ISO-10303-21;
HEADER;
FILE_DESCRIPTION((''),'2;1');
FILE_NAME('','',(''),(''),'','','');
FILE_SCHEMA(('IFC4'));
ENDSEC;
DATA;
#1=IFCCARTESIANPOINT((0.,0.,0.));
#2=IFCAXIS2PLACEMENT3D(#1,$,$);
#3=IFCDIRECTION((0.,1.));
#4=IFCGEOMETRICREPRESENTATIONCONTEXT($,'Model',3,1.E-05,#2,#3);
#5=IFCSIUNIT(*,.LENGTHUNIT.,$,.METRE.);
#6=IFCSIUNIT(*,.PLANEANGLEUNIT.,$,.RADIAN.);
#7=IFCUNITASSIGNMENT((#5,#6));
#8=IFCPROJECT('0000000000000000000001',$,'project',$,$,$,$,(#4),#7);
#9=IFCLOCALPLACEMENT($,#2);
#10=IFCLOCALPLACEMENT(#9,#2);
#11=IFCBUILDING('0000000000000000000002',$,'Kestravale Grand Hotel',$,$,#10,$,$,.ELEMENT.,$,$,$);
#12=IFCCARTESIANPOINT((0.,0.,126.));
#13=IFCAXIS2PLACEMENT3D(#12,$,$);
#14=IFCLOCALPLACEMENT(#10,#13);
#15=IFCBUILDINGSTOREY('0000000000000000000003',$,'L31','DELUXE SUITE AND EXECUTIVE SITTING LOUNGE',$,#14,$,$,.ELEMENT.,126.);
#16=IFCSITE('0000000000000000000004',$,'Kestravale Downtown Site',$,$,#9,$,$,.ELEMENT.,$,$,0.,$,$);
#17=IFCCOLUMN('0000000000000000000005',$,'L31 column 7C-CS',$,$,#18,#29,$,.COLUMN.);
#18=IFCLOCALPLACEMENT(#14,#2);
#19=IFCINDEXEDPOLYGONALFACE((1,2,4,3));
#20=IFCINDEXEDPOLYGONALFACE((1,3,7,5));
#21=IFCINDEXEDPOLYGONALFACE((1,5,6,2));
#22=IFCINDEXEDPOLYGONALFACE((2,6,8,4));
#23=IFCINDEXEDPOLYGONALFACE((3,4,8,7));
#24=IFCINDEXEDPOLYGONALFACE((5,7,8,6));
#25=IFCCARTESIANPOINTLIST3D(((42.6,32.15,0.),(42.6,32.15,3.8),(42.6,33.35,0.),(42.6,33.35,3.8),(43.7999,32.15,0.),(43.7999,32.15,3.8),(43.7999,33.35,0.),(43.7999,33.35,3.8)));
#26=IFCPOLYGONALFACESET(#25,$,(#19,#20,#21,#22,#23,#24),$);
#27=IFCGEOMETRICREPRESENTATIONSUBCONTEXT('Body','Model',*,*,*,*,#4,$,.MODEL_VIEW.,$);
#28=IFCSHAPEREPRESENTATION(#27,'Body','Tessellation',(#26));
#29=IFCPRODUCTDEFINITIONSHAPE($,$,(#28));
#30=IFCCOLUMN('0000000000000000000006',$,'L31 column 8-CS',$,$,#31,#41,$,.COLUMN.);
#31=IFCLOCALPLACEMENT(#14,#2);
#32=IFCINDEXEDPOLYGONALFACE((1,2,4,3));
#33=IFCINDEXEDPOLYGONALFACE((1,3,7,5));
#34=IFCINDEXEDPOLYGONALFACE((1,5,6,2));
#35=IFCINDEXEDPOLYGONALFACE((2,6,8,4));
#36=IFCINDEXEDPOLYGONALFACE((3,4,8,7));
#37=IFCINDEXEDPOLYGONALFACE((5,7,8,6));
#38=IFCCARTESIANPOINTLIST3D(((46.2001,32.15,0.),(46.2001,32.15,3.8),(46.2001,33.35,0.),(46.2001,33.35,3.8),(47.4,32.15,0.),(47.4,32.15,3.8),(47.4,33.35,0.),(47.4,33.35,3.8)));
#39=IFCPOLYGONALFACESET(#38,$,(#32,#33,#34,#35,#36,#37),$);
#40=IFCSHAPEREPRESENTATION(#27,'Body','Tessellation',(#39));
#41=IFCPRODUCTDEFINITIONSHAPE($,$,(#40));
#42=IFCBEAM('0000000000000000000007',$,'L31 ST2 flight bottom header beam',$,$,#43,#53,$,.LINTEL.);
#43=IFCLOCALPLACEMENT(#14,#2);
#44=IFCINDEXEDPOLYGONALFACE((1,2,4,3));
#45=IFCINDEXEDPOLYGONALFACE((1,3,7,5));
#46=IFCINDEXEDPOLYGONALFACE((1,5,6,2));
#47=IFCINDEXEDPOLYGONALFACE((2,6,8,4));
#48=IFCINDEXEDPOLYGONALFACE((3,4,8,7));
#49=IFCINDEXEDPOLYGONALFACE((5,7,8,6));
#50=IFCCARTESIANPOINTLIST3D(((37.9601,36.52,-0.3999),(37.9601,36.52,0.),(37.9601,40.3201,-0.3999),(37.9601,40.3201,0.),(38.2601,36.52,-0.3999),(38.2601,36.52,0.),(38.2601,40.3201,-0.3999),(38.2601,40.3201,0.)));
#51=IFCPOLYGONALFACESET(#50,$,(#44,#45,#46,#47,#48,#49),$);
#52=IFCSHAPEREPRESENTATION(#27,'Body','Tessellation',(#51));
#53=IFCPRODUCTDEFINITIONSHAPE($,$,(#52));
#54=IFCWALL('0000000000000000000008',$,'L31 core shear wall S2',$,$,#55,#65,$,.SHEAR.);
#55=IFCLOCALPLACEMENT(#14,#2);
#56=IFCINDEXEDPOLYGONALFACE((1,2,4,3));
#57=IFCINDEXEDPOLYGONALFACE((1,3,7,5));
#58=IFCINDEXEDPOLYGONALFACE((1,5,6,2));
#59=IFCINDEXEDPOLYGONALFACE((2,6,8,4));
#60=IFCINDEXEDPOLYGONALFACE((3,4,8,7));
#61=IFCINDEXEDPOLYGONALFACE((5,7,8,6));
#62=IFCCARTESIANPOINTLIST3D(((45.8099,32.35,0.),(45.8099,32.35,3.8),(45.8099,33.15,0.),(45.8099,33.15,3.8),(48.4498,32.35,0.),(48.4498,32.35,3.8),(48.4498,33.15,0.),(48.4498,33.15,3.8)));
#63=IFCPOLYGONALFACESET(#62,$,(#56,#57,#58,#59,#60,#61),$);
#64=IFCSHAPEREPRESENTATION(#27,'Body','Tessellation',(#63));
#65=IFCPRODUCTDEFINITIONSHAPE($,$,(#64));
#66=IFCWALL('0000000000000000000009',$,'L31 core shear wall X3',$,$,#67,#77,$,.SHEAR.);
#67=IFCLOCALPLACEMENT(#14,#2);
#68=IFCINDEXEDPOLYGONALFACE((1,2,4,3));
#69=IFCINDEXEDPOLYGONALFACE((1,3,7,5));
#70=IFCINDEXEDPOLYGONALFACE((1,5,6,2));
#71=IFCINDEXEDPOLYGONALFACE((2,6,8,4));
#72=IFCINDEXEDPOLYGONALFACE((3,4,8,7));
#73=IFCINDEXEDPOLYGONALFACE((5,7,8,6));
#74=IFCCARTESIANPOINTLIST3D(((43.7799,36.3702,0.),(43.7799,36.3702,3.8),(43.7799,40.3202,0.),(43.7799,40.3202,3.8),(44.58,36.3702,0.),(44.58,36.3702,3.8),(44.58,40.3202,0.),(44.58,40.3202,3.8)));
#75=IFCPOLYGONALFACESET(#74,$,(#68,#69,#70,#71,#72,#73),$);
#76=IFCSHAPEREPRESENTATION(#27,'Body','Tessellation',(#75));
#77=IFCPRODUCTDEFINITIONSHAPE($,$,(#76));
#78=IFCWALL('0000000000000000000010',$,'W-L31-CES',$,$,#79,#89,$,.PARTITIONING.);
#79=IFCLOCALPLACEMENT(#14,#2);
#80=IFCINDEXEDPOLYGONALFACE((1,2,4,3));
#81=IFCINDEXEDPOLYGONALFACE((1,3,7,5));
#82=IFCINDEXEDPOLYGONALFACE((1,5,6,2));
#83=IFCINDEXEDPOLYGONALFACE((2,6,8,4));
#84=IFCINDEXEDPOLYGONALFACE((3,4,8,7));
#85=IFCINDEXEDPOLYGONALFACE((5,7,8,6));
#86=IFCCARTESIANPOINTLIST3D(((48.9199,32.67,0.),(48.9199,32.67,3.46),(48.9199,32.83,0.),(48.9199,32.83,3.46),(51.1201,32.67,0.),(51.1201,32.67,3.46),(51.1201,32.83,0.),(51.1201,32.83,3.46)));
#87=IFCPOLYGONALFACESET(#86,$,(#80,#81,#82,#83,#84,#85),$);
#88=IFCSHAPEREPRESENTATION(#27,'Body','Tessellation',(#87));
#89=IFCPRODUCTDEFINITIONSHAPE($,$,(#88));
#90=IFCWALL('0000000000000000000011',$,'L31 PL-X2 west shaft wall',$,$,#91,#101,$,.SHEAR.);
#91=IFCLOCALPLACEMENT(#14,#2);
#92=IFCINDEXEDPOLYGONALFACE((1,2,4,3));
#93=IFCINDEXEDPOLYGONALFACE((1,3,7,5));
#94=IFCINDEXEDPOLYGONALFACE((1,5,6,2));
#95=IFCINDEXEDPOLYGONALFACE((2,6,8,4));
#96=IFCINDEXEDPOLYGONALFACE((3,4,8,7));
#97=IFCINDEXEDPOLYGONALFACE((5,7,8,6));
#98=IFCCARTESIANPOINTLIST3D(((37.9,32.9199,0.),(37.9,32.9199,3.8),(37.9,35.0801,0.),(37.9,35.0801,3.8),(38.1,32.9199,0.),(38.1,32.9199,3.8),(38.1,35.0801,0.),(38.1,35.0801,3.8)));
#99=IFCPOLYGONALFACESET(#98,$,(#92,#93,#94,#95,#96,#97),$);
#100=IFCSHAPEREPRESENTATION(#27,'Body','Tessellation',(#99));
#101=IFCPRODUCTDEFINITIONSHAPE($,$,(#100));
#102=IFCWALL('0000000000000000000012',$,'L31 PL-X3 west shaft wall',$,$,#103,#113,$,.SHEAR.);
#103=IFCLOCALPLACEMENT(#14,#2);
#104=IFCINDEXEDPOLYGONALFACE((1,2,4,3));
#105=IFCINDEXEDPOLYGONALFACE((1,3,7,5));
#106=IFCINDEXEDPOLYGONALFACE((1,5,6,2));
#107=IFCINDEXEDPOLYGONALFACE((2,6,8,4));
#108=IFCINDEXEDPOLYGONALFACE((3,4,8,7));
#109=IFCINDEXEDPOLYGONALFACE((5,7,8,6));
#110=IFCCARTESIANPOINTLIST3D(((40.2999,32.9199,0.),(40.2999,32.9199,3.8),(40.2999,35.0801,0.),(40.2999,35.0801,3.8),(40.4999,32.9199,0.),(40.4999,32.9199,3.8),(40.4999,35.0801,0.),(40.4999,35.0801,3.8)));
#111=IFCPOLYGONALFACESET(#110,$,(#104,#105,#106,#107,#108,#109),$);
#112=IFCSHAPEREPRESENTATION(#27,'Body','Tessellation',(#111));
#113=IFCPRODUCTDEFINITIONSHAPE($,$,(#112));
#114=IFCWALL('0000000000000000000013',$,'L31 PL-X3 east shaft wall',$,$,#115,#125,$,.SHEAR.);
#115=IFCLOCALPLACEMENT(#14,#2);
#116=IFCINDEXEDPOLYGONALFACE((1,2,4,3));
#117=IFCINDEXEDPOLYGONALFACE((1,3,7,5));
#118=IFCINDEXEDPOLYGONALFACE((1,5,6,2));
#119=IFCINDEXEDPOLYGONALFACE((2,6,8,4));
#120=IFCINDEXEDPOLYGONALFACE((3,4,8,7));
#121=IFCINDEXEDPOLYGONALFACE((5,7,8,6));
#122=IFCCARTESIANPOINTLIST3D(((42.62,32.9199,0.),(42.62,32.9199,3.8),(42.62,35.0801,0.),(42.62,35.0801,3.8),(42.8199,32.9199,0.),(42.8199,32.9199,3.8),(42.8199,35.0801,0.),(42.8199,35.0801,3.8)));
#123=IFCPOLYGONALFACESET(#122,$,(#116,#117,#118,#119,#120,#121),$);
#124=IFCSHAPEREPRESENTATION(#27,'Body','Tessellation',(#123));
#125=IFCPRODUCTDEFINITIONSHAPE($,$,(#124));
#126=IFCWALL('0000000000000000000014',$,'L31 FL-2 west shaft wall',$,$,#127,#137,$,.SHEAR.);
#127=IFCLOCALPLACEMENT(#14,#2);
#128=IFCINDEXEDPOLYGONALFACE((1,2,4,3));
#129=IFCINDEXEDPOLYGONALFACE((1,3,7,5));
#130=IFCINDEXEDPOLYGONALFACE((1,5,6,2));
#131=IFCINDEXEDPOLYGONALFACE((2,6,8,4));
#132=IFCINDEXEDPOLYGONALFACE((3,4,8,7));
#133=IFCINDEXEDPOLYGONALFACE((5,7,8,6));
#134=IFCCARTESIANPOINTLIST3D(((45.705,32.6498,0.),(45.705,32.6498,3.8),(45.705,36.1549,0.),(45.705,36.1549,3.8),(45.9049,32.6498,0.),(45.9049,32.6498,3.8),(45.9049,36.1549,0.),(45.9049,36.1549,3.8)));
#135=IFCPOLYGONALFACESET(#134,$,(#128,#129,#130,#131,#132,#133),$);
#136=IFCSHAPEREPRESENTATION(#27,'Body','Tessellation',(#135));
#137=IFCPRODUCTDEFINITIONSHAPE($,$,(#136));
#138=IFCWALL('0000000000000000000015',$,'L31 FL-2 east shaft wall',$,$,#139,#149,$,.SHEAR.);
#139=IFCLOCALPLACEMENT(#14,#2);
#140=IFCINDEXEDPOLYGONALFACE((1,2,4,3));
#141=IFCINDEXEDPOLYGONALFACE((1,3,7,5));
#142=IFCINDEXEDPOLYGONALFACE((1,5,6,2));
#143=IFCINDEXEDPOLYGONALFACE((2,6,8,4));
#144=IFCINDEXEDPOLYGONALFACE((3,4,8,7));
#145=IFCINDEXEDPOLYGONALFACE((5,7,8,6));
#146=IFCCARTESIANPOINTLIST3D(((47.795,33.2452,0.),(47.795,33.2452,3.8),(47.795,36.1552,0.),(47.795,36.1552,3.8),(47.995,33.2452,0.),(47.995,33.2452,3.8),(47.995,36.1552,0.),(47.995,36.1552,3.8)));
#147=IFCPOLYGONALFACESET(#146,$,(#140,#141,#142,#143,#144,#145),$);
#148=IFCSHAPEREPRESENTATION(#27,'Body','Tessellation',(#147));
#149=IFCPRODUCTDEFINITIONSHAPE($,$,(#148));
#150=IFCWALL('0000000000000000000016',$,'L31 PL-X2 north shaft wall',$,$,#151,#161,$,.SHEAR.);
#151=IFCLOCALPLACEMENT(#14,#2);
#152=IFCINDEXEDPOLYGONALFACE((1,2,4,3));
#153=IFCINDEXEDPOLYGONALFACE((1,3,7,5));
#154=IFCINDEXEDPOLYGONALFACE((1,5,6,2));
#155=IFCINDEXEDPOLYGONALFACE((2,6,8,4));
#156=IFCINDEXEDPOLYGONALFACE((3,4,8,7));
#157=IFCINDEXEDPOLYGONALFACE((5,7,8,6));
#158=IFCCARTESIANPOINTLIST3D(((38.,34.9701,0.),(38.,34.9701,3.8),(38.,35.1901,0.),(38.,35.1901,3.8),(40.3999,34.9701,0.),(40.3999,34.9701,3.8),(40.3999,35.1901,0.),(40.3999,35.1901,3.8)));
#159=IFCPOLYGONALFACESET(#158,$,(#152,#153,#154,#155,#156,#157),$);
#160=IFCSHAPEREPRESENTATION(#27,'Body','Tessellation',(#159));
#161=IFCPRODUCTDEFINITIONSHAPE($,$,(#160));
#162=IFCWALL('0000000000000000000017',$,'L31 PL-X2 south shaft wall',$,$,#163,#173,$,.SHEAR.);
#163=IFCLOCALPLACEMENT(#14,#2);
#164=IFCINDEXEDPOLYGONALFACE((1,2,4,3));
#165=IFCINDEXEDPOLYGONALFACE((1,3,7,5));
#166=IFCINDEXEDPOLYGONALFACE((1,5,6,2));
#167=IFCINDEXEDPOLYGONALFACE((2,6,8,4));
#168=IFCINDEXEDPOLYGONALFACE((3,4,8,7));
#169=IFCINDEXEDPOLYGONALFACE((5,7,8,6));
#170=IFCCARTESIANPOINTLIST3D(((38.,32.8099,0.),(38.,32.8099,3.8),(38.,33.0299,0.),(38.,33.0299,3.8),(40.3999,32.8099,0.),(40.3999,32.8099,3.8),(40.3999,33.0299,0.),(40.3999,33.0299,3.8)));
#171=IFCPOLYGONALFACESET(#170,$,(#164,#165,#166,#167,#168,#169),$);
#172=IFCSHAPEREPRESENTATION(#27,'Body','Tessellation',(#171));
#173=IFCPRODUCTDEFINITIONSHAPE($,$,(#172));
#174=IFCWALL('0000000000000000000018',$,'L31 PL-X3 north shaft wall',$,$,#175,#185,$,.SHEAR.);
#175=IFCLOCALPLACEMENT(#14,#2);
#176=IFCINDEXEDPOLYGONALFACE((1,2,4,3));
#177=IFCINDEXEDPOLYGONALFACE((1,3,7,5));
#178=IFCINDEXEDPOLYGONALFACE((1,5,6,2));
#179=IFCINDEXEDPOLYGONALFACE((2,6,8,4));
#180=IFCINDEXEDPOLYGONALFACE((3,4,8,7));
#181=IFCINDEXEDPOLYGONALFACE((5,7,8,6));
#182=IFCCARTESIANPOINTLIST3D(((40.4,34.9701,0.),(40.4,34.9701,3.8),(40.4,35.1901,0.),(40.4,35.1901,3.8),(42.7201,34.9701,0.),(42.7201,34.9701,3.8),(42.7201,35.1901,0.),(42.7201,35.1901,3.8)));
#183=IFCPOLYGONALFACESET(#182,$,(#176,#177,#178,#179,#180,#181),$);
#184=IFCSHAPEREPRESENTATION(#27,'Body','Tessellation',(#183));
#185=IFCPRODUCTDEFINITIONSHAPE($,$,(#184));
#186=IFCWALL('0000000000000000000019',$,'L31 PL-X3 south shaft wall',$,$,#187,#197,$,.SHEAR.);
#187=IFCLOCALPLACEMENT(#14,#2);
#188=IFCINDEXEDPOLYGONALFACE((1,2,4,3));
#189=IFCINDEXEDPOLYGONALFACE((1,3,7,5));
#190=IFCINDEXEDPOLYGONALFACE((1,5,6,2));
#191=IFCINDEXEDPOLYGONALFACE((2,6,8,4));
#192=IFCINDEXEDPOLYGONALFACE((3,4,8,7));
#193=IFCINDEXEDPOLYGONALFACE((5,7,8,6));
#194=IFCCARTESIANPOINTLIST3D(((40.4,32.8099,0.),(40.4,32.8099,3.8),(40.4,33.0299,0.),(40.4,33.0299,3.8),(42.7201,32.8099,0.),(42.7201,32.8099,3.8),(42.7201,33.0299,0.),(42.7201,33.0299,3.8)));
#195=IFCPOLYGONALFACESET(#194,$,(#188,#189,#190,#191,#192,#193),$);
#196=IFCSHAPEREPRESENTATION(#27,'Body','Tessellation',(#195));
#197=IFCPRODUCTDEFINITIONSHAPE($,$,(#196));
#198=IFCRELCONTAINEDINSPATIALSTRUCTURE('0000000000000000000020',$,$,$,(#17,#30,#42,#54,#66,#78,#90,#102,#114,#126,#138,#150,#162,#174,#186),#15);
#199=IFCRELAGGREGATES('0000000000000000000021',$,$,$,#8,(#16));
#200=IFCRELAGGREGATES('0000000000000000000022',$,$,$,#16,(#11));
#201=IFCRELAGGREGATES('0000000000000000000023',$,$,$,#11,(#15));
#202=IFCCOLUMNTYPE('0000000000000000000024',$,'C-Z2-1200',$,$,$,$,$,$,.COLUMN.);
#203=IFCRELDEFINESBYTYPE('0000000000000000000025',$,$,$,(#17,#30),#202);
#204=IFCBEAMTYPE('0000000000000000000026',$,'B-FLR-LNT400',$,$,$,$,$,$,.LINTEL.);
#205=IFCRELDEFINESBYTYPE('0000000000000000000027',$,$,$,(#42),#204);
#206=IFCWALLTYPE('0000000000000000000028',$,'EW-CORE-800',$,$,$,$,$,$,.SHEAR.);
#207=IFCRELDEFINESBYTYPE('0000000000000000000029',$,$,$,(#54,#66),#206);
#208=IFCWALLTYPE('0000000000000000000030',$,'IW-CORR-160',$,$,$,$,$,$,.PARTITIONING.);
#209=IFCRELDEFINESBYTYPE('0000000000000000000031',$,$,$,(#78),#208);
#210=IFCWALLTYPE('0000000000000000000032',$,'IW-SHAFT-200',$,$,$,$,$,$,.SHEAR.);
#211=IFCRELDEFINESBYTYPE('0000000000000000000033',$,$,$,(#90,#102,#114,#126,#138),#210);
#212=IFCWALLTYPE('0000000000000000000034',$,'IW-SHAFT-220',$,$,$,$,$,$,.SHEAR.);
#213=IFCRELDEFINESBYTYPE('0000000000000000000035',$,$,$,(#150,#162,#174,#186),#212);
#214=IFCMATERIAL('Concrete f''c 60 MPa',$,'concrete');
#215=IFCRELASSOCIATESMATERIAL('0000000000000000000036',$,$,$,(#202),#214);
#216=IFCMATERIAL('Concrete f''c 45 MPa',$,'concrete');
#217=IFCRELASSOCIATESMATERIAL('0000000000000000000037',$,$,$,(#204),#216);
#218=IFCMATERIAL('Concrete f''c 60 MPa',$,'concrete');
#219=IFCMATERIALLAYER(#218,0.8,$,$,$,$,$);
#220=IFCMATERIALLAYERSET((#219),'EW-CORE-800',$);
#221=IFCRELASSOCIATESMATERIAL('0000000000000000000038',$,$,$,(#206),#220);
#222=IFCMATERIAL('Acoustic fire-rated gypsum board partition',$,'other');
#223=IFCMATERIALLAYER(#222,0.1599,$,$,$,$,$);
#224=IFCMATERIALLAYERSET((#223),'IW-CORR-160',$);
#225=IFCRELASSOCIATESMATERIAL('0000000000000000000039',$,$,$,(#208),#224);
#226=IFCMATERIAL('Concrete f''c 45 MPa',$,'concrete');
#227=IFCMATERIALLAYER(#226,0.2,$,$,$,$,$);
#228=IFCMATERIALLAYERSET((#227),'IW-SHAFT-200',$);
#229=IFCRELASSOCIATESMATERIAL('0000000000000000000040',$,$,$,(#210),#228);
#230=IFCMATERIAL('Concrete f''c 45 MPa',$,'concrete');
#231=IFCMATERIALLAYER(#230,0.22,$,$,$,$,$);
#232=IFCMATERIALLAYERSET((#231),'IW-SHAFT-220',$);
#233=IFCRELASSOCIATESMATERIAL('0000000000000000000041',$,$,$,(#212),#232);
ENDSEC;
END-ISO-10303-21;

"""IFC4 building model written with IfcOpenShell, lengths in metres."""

from ifc_helpers import new_model, si_unit, direction, frame, frame_2d, origin, origin_2d, place, context, subcontext, project, spatial, rectangle, extrude, material, layer, layer_set, material_profile, profile_set, type_object, element, save


model = new_model("IFC4")

# Units and contexts
model_context = context("Model", 3, precision=1e-05, world=origin(), true_north=direction((0.0, 1.0)))
body_context = subcontext(model_context, "Body", "Model", "MODEL_VIEW")
ifc_project = project(units=[si_unit("LENGTHUNIT", "METRE"), si_unit("PLANEANGLEUNIT", "RADIAN")], contexts=[model_context])

# Site, building, storey
site_placement = place(None, origin())
site = spatial("IfcSite", under=ifc_project, at=site_placement, Name="Kestravale Downtown Site", CompositionType="ELEMENT", RefElevation=0.0)
building_placement = place(site_placement, origin())
building = spatial("IfcBuilding", under=site, at=building_placement, Name="Kestravale Grand Hotel", CompositionType="ELEMENT")
storey_placement = place(building_placement, frame((0.0, 0.0, 126.0)))
storey = spatial("IfcBuildingStorey", under=building, at=storey_placement, Name="L31", Description="DELUXE SUITE AND EXECUTIVE SITTING LOUNGE", CompositionType="ELEMENT", Elevation=126.0)

# Columns
ifc_material_1 = material(Name="Concrete f'c 60 MPa", Category="concrete")
ifc_material_profile_1 = material_profile(ifc_material_1, rectangle(XDim=1.2, YDim=1.2, at=origin_2d()))
ifc_profile_set_1 = profile_set([ifc_material_profile_1], Name="Concrete f'c 60 MPa")
column_type = type_object("IfcColumnType", Name="C-Z2-1200", PredefinedType="COLUMN", material=ifc_profile_set_1)
for number, where, z_axis, x_axis, name in (
    (1, (43.2, 32.75, 0.0), (0.0, 0.0, 1.0), (1.0, 0.0, 0.0), "L31 column 7C-CS"),
    (2, (46.8, 32.75, 0.0), (0.0, 0.0, 1.0), (1.0, 0.0, 0.0), "L31 column 8-CS"),
):
    element("IfcColumn", number, at=place(storey_placement, frame(where, z_axis=z_axis, x_axis=x_axis)), inside=storey, type_object=column_type, Name=name, PredefinedType="COLUMN", context=body_context, shape_type="SweptSolid", body=[
        extrude(rectangle(XDim=1.2, YDim=1.2, at=origin_2d()), origin(), (0.0, 0.0, 1.0), 3.8),
    ])

# Beam
ifc_material_2 = material(Name="Concrete f'c 45 MPa", Category="concrete")
ifc_material_profile_2 = material_profile(ifc_material_2, rectangle(XDim=0.3, YDim=0.3999, at=origin_2d()))
ifc_profile_set_2 = profile_set([ifc_material_profile_2], Name="Concrete f'c 45 MPa")
beam_type = type_object("IfcBeamType", Name="B-FLR-LNT400", PredefinedType="LINTEL", material=ifc_profile_set_2)
beam_placement = place(storey_placement, frame((38.1101, 36.52, -0.2), z_axis=(0.0, 1.0, 0.0), x_axis=(-1.0, 0.0, 0.0)))
element("IfcBeam", 3, at=beam_placement, inside=storey, type_object=beam_type, Name="L31 ST2 flight bottom header beam", PredefinedType="LINTEL", context=body_context, shape_type="SweptSolid", body=[
    extrude(rectangle(XDim=0.3, YDim=0.3999, at=origin_2d()), origin(), (0.0, 0.0, 1.0), 3.8),
])

# Walls
ifc_material_3 = material(Name="Concrete f'c 60 MPa", Category="concrete")
ifc_layer_1 = layer(ifc_material_3, 0.8)
ifc_layer_set_1 = layer_set([ifc_layer_1], Name="EW-CORE-800")
wall_type_1 = type_object("IfcWallType", Name="EW-CORE-800", PredefinedType="SHEAR", material=ifc_layer_set_1)
wall_1_placement = place(storey_placement, frame((45.8101, 32.75, 0.0), z_axis=(0.0, 0.0, 1.0), x_axis=(1.0, 0.0, 0.0)))
element("IfcWall", 4, at=wall_1_placement, inside=storey, type_object=wall_type_1, Name="L31 core shear wall S2", PredefinedType="SHEAR", context=body_context, shape_type="SweptSolid", body=[
    extrude(rectangle(XDim=2.6399, YDim=0.8, at=frame_2d((1.3198, 0.0))), origin(), (0.0, 0.0, 1.0), 3.8),
])
wall_2_placement = place(storey_placement, frame((44.1799, 36.3701, 0.0), z_axis=(0.0, 0.0, 1.0), x_axis=(0.0, 1.0, 0.0)))
element("IfcWall", 5, at=wall_2_placement, inside=storey, type_object=wall_type_1, Name="L31 core shear wall X3", PredefinedType="SHEAR", context=body_context, shape_type="SweptSolid", body=[
    extrude(rectangle(XDim=3.95, YDim=0.8, at=frame_2d((1.9751, 0.0))), origin(), (0.0, 0.0, 1.0), 3.8),
])

# Wall
ifc_material_4 = material(Name="Acoustic fire-rated gypsum board partition", Category="other")
ifc_layer_2 = layer(ifc_material_4, 0.1599)
ifc_layer_set_2 = layer_set([ifc_layer_2], Name="IW-CORR-160")
wall_type_2 = type_object("IfcWallType", Name="IW-CORR-160", PredefinedType="PARTITIONING", material=ifc_layer_set_2)
wall_3_placement = place(storey_placement, frame((48.9199, 32.75, 0.0), z_axis=(0.0, 0.0, 1.0), x_axis=(1.0, 0.0, 0.0)))
element("IfcWall", 6, at=wall_3_placement, inside=storey, type_object=wall_type_2, Name="W-L31-CES", PredefinedType="PARTITIONING", context=body_context, shape_type="SweptSolid", body=[
    extrude(rectangle(XDim=2.2002, YDim=0.1599, at=frame_2d((1.1001, 0.0))), origin(), (0.0, 0.0, 1.0), 3.46),
])

# Walls
ifc_material_5 = material(Name="Concrete f'c 45 MPa", Category="concrete")
ifc_layer_3 = layer(ifc_material_5, 0.2)
ifc_layer_set_3 = layer_set([ifc_layer_3], Name="IW-SHAFT-200")
wall_type_3 = type_object("IfcWallType", Name="IW-SHAFT-200", PredefinedType="SHEAR", material=ifc_layer_set_3)
for number, where, z_axis, x_axis, name in (
    (7, (38.0, 32.9199, 0.0), (0.0, 0.0, 1.0), (0.0, 1.0, 0.0), "L31 PL-X2 west shaft wall"),
    (8, (40.3999, 32.9199, 0.0), (0.0, 0.0, 1.0), (0.0, 1.0, 0.0), "L31 PL-X3 west shaft wall"),
    (9, (42.72, 32.9199, 0.0), (0.0, 0.0, 1.0), (0.0, 1.0, 0.0), "L31 PL-X3 east shaft wall"),
):
    element("IfcWall", number, at=place(storey_placement, frame(where, z_axis=z_axis, x_axis=x_axis)), inside=storey, type_object=wall_type_3, Name=name, PredefinedType="SHEAR", context=body_context, shape_type="SweptSolid", body=[
        extrude(rectangle(XDim=2.1602, YDim=0.2, at=frame_2d((1.0801, 0.0))), origin(), (0.0, 0.0, 1.0), 3.8),
    ])
wall_4_placement = place(storey_placement, frame((45.8049, 32.6499, 0.0), z_axis=(0.0, 0.0, 1.0), x_axis=(0.0, 1.0, 0.0)))
element("IfcWall", 10, at=wall_4_placement, inside=storey, type_object=wall_type_3, Name="L31 FL-2 west shaft wall", PredefinedType="SHEAR", context=body_context, shape_type="SweptSolid", body=[
    extrude(rectangle(XDim=3.5051, YDim=0.2, at=frame_2d((1.7524, 0.0))), origin(), (0.0, 0.0, 1.0), 3.8),
])
wall_5_placement = place(storey_placement, frame((47.895, 33.2451, 0.0), z_axis=(0.0, 0.0, 1.0), x_axis=(0.0, 1.0, 0.0)))
element("IfcWall", 11, at=wall_5_placement, inside=storey, type_object=wall_type_3, Name="L31 FL-2 east shaft wall", PredefinedType="SHEAR", context=body_context, shape_type="SweptSolid", body=[
    extrude(rectangle(XDim=2.9099, YDim=0.2, at=frame_2d((1.4551, 0.0))), origin(), (0.0, 0.0, 1.0), 3.8),
])
ifc_material_6 = material(Name="Concrete f'c 45 MPa", Category="concrete")
ifc_layer_4 = layer(ifc_material_6, 0.22)
ifc_layer_set_4 = layer_set([ifc_layer_4], Name="IW-SHAFT-220")
wall_type_4 = type_object("IfcWallType", Name="IW-SHAFT-220", PredefinedType="SHEAR", material=ifc_layer_set_4)
for number, where, z_axis, x_axis, name in (
    (12, (38.0, 35.0801, 0.0), (0.0, 0.0, 1.0), (1.0, 0.0, 0.0), "L31 PL-X2 north shaft wall"),
    (13, (38.0, 32.9199, 0.0), (0.0, 0.0, 1.0), (1.0, 0.0, 0.0), "L31 PL-X2 south shaft wall"),
):
    element("IfcWall", number, at=place(storey_placement, frame(where, z_axis=z_axis, x_axis=x_axis)), inside=storey, type_object=wall_type_4, Name=name, PredefinedType="SHEAR", context=body_context, shape_type="SweptSolid", body=[
        extrude(rectangle(XDim=2.3999, YDim=0.22, at=frame_2d((1.2, 0.0))), origin(), (0.0, 0.0, 1.0), 3.8),
    ])
for number, where, z_axis, x_axis, name in (
    (14, (40.3999, 35.0801, 0.0), (0.0, 0.0, 1.0), (1.0, 0.0, 0.0), "L31 PL-X3 north shaft wall"),
    (15, (40.3999, 32.9199, 0.0), (0.0, 0.0, 1.0), (1.0, 0.0, 0.0), "L31 PL-X3 south shaft wall"),
):
    element("IfcWall", number, at=place(storey_placement, frame(where, z_axis=z_axis, x_axis=x_axis)), inside=storey, type_object=wall_type_4, Name=name, PredefinedType="SHEAR", context=body_context, shape_type="SweptSolid", body=[
        extrude(rectangle(XDim=2.3201, YDim=0.22, at=frame_2d((1.1602, 0.0))), origin(), (0.0, 0.0, 1.0), 3.8),
    ])

save(model, "model.ifc")
